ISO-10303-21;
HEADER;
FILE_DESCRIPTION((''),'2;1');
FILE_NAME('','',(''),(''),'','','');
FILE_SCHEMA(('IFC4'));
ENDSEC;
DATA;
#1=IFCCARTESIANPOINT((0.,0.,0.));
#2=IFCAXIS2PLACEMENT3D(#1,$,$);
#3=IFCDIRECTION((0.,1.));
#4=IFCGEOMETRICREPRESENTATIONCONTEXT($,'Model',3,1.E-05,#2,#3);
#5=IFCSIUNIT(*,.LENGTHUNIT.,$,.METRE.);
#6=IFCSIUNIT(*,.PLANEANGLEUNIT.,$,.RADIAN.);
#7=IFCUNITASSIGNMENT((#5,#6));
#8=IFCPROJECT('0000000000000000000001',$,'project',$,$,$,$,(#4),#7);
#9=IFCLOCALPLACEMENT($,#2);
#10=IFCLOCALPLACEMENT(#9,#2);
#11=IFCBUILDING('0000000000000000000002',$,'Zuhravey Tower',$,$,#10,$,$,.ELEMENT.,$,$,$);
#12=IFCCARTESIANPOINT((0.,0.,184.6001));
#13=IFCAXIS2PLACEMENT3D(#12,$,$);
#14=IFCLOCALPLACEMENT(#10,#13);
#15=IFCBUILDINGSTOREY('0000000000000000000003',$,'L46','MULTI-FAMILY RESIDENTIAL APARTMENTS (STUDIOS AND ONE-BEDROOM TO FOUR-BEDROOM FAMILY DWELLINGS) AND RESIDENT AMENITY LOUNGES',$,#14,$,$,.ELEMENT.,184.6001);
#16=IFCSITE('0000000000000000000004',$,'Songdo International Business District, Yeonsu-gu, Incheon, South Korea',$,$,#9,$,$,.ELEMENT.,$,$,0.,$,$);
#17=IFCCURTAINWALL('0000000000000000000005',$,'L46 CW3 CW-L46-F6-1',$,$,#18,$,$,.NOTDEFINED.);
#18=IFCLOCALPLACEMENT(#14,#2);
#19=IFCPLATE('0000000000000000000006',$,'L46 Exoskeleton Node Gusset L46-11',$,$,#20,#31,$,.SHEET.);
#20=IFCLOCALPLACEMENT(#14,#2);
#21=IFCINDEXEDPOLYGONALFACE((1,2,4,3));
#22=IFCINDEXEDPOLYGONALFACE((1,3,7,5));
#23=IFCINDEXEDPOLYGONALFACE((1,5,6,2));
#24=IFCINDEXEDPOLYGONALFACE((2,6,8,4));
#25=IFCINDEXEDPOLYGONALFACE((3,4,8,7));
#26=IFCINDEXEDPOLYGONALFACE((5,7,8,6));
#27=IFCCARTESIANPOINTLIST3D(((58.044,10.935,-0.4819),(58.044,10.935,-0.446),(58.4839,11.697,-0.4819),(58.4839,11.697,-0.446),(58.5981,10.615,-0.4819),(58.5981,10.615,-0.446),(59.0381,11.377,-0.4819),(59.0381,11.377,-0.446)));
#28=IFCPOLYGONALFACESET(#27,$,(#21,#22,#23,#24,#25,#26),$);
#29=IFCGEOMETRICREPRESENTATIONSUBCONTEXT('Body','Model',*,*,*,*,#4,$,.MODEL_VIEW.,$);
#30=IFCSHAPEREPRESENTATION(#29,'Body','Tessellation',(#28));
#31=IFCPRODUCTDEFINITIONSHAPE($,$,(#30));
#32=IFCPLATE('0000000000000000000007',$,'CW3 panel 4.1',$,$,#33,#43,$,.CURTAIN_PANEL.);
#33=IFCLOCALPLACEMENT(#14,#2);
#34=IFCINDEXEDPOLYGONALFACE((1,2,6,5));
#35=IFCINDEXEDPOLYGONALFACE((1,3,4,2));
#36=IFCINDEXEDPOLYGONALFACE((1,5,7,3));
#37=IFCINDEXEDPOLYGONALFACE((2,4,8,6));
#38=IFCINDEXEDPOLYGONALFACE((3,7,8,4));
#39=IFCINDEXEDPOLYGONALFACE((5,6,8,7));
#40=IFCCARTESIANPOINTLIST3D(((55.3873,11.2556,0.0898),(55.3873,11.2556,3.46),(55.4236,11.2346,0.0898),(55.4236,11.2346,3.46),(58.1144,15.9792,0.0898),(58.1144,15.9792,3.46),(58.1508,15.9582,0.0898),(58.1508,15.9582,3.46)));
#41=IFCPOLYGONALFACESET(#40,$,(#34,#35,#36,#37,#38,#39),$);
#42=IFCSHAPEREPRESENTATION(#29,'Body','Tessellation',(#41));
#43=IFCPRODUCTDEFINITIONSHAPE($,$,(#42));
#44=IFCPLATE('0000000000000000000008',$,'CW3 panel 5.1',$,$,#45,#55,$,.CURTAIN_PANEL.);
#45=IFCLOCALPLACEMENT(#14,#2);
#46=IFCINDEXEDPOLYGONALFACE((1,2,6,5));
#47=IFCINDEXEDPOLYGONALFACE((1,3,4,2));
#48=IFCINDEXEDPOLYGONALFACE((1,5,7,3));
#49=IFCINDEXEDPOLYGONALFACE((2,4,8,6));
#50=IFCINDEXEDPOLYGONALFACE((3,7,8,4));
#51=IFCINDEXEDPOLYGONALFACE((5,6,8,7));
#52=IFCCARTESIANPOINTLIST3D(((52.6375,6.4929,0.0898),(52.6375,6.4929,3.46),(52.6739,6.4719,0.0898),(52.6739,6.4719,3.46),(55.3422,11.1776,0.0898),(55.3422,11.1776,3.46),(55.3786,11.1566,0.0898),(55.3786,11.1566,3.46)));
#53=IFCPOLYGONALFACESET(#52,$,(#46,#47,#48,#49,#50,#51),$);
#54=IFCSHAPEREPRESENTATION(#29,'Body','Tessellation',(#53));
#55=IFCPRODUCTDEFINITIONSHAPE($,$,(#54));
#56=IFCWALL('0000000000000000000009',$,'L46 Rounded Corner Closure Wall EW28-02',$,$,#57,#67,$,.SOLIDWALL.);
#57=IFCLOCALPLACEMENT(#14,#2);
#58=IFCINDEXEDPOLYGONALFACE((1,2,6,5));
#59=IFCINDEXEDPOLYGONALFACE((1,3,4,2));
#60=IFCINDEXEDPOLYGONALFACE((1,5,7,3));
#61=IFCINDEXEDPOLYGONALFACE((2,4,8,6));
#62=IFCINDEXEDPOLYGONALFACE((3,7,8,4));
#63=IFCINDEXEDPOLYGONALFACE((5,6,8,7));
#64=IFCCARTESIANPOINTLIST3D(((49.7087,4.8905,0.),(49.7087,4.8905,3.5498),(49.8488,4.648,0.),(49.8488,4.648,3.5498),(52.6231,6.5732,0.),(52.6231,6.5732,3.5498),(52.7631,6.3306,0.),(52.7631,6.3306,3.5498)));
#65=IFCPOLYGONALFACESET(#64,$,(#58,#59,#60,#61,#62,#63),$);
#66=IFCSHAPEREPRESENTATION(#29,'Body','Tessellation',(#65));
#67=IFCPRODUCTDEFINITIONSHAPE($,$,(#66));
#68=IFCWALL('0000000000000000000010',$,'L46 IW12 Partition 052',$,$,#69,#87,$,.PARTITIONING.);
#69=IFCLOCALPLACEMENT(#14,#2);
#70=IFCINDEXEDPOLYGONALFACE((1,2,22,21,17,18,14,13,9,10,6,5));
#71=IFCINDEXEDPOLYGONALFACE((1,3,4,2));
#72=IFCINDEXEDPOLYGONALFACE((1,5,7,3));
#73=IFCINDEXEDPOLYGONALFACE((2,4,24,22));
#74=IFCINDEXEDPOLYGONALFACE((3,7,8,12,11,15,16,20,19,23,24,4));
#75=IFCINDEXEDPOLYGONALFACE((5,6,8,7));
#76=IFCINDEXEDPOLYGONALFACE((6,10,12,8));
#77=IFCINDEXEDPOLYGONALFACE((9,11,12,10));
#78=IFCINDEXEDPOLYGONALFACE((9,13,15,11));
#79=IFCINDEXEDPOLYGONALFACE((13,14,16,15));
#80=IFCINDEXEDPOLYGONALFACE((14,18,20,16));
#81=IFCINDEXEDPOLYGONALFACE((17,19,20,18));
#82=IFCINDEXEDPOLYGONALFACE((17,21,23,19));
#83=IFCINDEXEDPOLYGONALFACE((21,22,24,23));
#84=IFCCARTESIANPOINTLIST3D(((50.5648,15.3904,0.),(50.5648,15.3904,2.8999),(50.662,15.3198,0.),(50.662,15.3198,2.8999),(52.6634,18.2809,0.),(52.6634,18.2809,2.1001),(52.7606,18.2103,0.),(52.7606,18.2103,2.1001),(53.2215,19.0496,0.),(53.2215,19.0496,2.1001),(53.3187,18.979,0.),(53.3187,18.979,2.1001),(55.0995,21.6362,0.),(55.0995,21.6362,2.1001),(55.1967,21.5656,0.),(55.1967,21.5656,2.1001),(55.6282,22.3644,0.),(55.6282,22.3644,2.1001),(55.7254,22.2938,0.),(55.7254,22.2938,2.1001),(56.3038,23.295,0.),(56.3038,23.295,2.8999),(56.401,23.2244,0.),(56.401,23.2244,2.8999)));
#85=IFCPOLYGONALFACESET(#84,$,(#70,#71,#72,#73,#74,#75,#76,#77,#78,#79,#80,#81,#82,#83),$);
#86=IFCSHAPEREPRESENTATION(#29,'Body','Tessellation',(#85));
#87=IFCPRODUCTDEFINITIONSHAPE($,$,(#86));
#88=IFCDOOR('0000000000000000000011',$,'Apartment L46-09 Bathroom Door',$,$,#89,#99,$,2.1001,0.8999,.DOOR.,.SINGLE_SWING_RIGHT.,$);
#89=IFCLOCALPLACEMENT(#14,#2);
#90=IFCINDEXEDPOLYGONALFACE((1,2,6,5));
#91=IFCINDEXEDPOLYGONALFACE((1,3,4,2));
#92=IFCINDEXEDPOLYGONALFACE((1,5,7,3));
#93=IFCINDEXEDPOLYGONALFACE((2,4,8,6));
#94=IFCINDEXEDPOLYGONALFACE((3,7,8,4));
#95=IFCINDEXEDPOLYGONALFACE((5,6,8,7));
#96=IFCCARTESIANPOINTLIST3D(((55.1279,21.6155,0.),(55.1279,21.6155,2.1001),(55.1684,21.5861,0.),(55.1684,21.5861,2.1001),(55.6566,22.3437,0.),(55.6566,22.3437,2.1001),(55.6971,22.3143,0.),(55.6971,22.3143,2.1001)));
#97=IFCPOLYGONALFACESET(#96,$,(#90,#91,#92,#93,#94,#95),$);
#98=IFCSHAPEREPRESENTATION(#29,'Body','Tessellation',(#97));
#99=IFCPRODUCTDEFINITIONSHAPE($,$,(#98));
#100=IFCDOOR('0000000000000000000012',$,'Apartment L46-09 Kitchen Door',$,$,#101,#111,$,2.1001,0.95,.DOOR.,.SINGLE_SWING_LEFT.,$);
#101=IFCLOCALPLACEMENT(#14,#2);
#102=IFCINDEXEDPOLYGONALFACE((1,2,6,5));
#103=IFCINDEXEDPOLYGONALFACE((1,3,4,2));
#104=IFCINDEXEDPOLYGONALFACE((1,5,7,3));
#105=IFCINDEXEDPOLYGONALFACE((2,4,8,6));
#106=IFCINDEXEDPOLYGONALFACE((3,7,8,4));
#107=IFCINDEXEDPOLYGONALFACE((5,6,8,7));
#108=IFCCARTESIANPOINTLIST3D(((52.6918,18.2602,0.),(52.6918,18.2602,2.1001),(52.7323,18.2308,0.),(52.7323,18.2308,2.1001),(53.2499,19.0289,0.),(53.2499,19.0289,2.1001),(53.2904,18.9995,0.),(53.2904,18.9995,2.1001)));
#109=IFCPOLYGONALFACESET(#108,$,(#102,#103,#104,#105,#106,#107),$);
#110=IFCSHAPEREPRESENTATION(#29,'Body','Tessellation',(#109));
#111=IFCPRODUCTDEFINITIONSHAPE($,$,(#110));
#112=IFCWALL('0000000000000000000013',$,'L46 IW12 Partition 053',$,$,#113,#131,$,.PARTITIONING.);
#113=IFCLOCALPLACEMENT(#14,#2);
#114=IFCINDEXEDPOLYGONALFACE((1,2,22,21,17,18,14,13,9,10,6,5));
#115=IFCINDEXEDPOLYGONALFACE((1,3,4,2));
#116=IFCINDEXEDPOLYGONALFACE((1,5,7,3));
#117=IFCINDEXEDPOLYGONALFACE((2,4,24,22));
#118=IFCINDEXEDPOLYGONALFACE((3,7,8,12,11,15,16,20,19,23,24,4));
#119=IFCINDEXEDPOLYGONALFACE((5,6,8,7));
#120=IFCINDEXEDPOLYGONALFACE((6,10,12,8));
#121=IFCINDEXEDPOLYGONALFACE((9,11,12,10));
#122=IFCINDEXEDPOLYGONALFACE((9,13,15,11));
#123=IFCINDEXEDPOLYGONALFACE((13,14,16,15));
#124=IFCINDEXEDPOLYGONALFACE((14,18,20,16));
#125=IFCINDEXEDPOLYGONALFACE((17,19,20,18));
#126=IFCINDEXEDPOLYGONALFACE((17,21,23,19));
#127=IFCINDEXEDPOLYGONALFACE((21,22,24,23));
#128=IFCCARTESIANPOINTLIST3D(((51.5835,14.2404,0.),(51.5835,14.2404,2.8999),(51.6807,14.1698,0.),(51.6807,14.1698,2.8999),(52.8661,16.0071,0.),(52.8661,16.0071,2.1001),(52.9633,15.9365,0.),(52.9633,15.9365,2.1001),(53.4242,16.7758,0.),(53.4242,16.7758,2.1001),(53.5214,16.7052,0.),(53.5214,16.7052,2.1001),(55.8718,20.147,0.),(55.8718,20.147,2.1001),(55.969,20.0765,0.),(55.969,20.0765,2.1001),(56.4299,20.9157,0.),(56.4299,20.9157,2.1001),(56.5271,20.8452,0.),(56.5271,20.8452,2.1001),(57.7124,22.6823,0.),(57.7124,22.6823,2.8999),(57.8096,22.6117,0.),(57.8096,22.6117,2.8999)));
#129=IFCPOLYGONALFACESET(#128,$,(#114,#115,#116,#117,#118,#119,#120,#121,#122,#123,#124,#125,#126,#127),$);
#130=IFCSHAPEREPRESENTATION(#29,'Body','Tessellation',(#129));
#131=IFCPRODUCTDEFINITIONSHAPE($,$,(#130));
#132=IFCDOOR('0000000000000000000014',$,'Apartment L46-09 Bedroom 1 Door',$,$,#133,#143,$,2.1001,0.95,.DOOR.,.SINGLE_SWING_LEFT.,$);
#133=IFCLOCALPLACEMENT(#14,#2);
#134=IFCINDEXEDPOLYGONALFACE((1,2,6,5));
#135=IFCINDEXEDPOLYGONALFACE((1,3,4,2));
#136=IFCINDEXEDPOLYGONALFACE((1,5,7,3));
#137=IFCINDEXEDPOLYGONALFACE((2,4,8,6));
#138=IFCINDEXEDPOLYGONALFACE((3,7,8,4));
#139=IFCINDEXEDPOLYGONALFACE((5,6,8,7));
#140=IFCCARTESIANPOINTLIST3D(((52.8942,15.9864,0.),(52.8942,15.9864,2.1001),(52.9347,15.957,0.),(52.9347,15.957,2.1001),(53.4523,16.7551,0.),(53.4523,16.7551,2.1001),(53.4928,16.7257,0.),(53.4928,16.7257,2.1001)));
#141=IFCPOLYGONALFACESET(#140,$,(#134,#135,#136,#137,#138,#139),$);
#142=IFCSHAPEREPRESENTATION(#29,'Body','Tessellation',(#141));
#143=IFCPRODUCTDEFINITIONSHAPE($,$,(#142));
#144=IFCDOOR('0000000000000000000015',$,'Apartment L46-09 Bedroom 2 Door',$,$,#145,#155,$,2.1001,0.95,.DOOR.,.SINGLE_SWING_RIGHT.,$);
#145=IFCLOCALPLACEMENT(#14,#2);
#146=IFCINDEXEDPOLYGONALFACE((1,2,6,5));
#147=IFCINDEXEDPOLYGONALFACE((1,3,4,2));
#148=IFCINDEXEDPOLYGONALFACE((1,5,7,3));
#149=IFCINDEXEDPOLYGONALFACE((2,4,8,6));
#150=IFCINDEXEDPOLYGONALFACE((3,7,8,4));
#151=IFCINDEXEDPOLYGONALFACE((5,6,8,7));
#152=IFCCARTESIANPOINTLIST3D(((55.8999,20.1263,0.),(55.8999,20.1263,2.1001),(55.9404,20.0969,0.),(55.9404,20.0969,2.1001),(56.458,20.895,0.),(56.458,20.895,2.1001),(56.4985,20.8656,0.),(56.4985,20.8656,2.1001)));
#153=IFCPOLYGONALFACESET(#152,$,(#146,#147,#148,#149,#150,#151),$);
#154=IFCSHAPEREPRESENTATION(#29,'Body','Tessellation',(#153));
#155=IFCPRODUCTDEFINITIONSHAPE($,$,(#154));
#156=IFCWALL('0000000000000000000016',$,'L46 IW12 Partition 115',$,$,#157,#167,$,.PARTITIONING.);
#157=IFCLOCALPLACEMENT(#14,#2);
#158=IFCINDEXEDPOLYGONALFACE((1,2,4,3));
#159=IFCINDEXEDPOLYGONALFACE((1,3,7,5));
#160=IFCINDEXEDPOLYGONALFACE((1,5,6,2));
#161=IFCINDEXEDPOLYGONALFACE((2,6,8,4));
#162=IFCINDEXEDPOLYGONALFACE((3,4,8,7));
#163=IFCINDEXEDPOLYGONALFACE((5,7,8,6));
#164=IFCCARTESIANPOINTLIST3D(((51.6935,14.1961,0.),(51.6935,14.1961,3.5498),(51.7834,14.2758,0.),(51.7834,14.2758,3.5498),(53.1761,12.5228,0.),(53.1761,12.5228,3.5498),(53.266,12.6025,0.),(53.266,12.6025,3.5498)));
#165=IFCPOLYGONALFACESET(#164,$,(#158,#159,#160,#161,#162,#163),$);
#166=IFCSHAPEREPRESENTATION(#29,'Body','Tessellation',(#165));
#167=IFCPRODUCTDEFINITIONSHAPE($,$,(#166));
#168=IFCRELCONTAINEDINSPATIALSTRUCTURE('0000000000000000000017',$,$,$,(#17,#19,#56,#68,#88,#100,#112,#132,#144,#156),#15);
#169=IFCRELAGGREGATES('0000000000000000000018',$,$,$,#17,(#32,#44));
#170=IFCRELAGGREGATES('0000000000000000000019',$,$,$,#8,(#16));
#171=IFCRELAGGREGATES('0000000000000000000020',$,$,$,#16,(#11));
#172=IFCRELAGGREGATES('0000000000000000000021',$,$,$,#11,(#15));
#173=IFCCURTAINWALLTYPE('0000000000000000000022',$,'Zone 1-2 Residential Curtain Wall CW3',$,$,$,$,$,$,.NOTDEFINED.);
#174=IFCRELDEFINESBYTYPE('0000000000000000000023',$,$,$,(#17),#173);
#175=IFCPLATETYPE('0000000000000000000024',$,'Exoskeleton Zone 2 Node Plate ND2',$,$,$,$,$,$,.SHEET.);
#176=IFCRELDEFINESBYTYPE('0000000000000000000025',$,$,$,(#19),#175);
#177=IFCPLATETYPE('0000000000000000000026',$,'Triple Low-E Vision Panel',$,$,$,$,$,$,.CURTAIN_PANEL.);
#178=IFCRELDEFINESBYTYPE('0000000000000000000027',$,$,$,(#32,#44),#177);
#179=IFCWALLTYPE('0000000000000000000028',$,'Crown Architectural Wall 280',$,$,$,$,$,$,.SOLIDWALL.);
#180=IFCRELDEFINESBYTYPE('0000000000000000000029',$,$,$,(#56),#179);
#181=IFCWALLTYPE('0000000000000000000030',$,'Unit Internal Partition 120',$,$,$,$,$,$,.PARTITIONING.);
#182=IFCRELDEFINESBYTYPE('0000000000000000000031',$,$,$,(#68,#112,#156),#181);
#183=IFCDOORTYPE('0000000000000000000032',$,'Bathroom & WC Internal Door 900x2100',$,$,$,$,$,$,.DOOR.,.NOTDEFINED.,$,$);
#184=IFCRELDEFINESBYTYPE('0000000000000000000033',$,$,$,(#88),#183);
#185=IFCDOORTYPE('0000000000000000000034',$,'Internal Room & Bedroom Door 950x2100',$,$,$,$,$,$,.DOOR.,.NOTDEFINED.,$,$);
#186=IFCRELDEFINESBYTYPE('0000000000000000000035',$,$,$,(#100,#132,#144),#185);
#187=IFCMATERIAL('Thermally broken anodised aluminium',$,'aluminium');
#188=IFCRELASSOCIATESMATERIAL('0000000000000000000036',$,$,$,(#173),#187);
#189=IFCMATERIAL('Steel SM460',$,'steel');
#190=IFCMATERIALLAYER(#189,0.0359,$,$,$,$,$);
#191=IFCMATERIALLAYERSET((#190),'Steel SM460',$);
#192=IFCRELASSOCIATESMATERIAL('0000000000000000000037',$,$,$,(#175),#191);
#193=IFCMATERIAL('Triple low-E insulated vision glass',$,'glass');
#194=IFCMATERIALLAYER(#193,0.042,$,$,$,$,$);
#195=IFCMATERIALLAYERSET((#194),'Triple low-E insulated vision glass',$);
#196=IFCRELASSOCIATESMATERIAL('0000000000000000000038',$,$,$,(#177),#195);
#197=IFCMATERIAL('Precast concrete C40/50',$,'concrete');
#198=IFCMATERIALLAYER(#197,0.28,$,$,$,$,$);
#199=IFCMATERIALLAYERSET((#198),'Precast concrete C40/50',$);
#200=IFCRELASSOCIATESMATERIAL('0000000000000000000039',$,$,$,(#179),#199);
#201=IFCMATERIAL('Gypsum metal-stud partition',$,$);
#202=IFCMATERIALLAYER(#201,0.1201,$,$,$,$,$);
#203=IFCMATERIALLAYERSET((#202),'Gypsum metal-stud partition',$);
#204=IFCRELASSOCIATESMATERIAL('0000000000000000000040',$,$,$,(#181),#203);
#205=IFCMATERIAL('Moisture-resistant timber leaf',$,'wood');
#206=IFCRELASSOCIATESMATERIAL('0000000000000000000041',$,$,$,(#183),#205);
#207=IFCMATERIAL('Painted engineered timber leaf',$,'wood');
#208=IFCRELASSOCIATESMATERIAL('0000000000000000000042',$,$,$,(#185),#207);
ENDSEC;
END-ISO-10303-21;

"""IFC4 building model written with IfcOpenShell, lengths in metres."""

from ifc_helpers import new_model, si_unit, direction, frame, frame_2d, origin, origin_2d, place, context, subcontext, project, spatial, rectangle, extrude, material, layer, layer_set, type_object, element, fill, aggregate, save


model = new_model("IFC4")

# Units and contexts
model_context = context("Model", 3, precision=1e-05, world=origin(), true_north=direction((0.0, 1.0)))
body_context = subcontext(model_context, "Body", "Model", "MODEL_VIEW")
ifc_project = project(units=[si_unit("LENGTHUNIT", "METRE"), si_unit("PLANEANGLEUNIT", "RADIAN")], contexts=[model_context])

# Site, building, storey
site_placement = place(None, origin())
site = spatial("IfcSite", under=ifc_project, at=site_placement, Name="Songdo International Business District, Yeonsu-gu, Incheon, South Korea", CompositionType="ELEMENT", RefElevation=0.0)
building_placement = place(site_placement, origin())
building = spatial("IfcBuilding", under=site, at=building_placement, Name="Zuhravey Tower", CompositionType="ELEMENT")
storey_placement = place(building_placement, frame((0.0, 0.0, 184.6001)))
storey = spatial("IfcBuildingStorey", under=building, at=storey_placement, Name="L46", Description="MULTI-FAMILY RESIDENTIAL APARTMENTS (STUDIOS AND ONE-BEDROOM TO FOUR-BEDROOM FAMILY DWELLINGS) AND RESIDENT AMENITY LOUNGES", CompositionType="ELEMENT", Elevation=184.6001)

# Curtain wall
ifc_material_1 = material(Name="Thermally broken anodised aluminium", Category="aluminium")
curtain_wall_type = type_object("IfcCurtainWallType", Name="Zone 1-2 Residential Curtain Wall CW3", PredefinedType="NOTDEFINED", material=ifc_material_1)
curtain_wall_1_placement = place(storey_placement, origin())
curtain_wall_1 = element("IfcCurtainWall", 1, at=curtain_wall_1_placement, inside=storey, type_object=curtain_wall_type, Name="L46 CW3 CW-L46-F6-1", PredefinedType="NOTDEFINED")

# Shared definitions
ifc_material_2 = material(Name="Steel SM460", Category="steel")

# Plates
ifc_layer_1 = layer(ifc_material_2, 0.0359)
ifc_layer_set_1 = layer_set([ifc_layer_1], Name="Steel SM460")
plate_type_1 = type_object("IfcPlateType", Name="Exoskeleton Zone 2 Node Plate ND2", PredefinedType="SHEET", material=ifc_layer_set_1)
plate_1_placement = place(storey_placement, frame((58.541, 11.156, -0.4819), z_axis=(0.0, 0.0, 1.0), x_axis=(0.5, 0.866025, 0.0)))
element("IfcPlate", 2, at=plate_1_placement, inside=storey, type_object=plate_type_1, Name="L46 Exoskeleton Node Gusset L46-11", PredefinedType="SHEET", context=body_context, shape_type="SweptSolid", body=[
    extrude(rectangle(XDim=0.8799, YDim=0.6399, at=origin_2d()), origin(), (0.0, 0.0, 1.0), 0.0359),
])
ifc_material_3 = material(Name="Triple low-E insulated vision glass", Category="glass")
ifc_layer_2 = layer(ifc_material_3, 0.042)
ifc_layer_set_2 = layer_set([ifc_layer_2], Name="Triple low-E insulated vision glass")
plate_type_2 = type_object("IfcPlateType", Name="Triple Low-E Vision Panel", PredefinedType="CURTAIN_PANEL", material=ifc_layer_set_2)
plate_2_placement = place(storey_placement, frame((56.769, 13.6069, 0.0898), z_axis=(0.0, 0.0, 1.0), x_axis=(-0.5, -0.866025, 0.0)))
plate_2 = element("IfcPlate", 3, at=plate_2_placement, type_object=plate_type_2, Name="CW3 panel 4.1", PredefinedType="CURTAIN_PANEL", context=body_context, shape_type="SweptSolid", body=[
    extrude(rectangle(XDim=5.4543, YDim=0.042, at=origin_2d()), origin(), (0.0, 0.0, 1.0), 3.3701),
])
plate_3_placement = place(storey_placement, frame((54.0081, 8.8247, 0.0898), z_axis=(0.0, 0.0, 1.0), x_axis=(-0.5, -0.866025, 0.0)))
plate_3 = element("IfcPlate", 4, at=plate_3_placement, type_object=plate_type_2, Name="CW3 panel 5.1", PredefinedType="CURTAIN_PANEL", context=body_context, shape_type="SweptSolid", body=[
    extrude(rectangle(XDim=5.4094, YDim=0.042, at=origin_2d()), origin(), (0.0, 0.0, 1.0), 3.3701),
])
aggregate(curtain_wall_1, [plate_2, plate_3])

# Wall
ifc_material_4 = material(Name="Precast concrete C40/50", Category="concrete")
ifc_layer_3 = layer(ifc_material_4, 0.28)
ifc_layer_set_3 = layer_set([ifc_layer_3], Name="Precast concrete C40/50")
wall_type_1 = type_object("IfcWallType", Name="Crown Architectural Wall 280", PredefinedType="SOLIDWALL", material=ifc_layer_set_3)
wall_1_placement = place(storey_placement, frame((52.6931, 6.4519, 0.0), z_axis=(0.0, 0.0, 1.0), x_axis=(-0.86602, -0.500009, 0.0)))
element("IfcWall", 5, at=wall_1_placement, inside=storey, type_object=wall_type_1, Name="L46 Rounded Corner Closure Wall EW28-02", PredefinedType="SOLIDWALL", context=body_context, shape_type="SweptSolid", body=[
    extrude(rectangle(XDim=3.3652, YDim=0.28, at=frame_2d((1.6826, 0.0))), origin(), (0.0, 0.0, 1.0), 3.5498),
])

# Walls, openings, doors
ifc_material_5 = material(Name="Gypsum metal-stud partition")
ifc_layer_4 = layer(ifc_material_5, 0.1201)
ifc_layer_set_4 = layer_set([ifc_layer_4], Name="Gypsum metal-stud partition")
wall_type_2 = type_object("IfcWallType", Name="Unit Internal Partition 120", PredefinedType="PARTITIONING", material=ifc_layer_set_4)
wall_2_placement = place(storey_placement, frame((50.6133, 15.355, 0.0), z_axis=(0.0, 0.0, 1.0), x_axis=(0.587519, 0.80921, 0.0)))
wall_2 = element("IfcWall", 6, at=wall_2_placement, inside=storey, type_object=wall_type_2, Name="L46 IW12 Partition 052", PredefinedType="PARTITIONING", context=body_context, shape_type="SweptSolid", body=[
    extrude(rectangle(XDim=9.7683, YDim=0.1201, at=frame_2d((4.8843, 0.0))), origin(), (0.0, 0.0, 1.0), 2.8999),
])
opening_1_placement = place(wall_2_placement, frame((3.572, 0.0, 0.0)))
opening_1 = element("IfcOpeningElement", 7, at=opening_1_placement, cuts=wall_2, PredefinedType="OPENING", context=body_context, shape_type="SweptSolid", body=[
    extrude(rectangle(XDim=0.95, YDim=2.1001, at=frame_2d((0.4751, 1.05))), frame((0.0, 0.072, 0.0), z_axis=(0.0, -1.0, 0.0), x_axis=(1.0, 0.0, 0.0)), (0.0, 0.0, 1.0), 0.144),
])
opening_2_placement = place(wall_2_placement, frame((7.7185, 0.0, 0.0)))
opening_2 = element("IfcOpeningElement", 8, at=opening_2_placement, cuts=wall_2, PredefinedType="OPENING", context=body_context, shape_type="SweptSolid", body=[
    extrude(rectangle(XDim=0.8999, YDim=2.1001, at=frame_2d((0.45, 1.05))), frame((0.0, 0.072, 0.0), z_axis=(0.0, -1.0, 0.0), x_axis=(1.0, 0.0, 0.0)), (0.0, 0.0, 1.0), 0.144),
])
ifc_material_6 = material(Name="Moisture-resistant timber leaf", Category="wood")
door_type_1 = type_object("IfcDoorType", Name="Bathroom & WC Internal Door 900x2100", OperationType="NOTDEFINED", PredefinedType="DOOR", material=ifc_material_6)
door_1_placement = place(opening_2_placement, origin())
door_1 = element("IfcDoor", 9, at=door_1_placement, inside=storey, type_object=door_type_1, Name="Apartment L46-09 Bathroom Door", OperationType="SINGLE_SWING_RIGHT", OverallHeight=2.1001, OverallWidth=0.8999, PredefinedType="DOOR", context=body_context, shape_type="SweptSolid", body=[
    extrude(rectangle(XDim=0.8999, YDim=2.1001, at=frame_2d((0.45, 1.05))), frame((0.0, 0.0249, 0.0), z_axis=(0.0, -1.0, 0.0), x_axis=(1.0, 0.0, 0.0)), (0.0, 0.0, 1.0), 0.05),
])
fill(opening_2, door_1)
ifc_material_7 = material(Name="Painted engineered timber leaf", Category="wood")
door_type_2 = type_object("IfcDoorType", Name="Internal Room & Bedroom Door 950x2100", OperationType="NOTDEFINED", PredefinedType="DOOR", material=ifc_material_7)
door_2_placement = place(opening_1_placement, origin())
door_2 = element("IfcDoor", 10, at=door_2_placement, inside=storey, type_object=door_type_2, Name="Apartment L46-09 Kitchen Door", OperationType="SINGLE_SWING_LEFT", OverallHeight=2.1001, OverallWidth=0.95, PredefinedType="DOOR", context=body_context, shape_type="SweptSolid", body=[
    extrude(rectangle(XDim=0.95, YDim=2.1001, at=frame_2d((0.4751, 1.05))), frame((0.0, 0.0249, 0.0), z_axis=(0.0, -1.0, 0.0), x_axis=(1.0, 0.0, 0.0)), (0.0, 0.0, 1.0), 0.05),
])
fill(opening_1, door_2)
wall_3_placement = place(storey_placement, frame((51.6321, 14.2051, 0.0), z_axis=(0.0, 0.0, 1.0), x_axis=(0.587504, 0.809222, 0.0)))
wall_3 = element("IfcWall", 11, at=wall_3_placement, inside=storey, type_object=wall_type_2, Name="L46 IW12 Partition 053", PredefinedType="PARTITIONING", context=body_context, shape_type="SweptSolid", body=[
    extrude(rectangle(XDim=10.4321, YDim=0.1201, at=frame_2d((5.2161, 0.0))), origin(), (0.0, 0.0, 1.0), 2.8999),
])
opening_3_placement = place(wall_3_placement, frame((2.1831, 0.0, 0.0)))
opening_3 = element("IfcOpeningElement", 12, at=opening_3_placement, cuts=wall_3, PredefinedType="OPENING", context=body_context, shape_type="SweptSolid", body=[
    extrude(rectangle(XDim=0.95, YDim=2.1001, at=frame_2d((0.4751, 1.05))), frame((0.0, 0.072, 0.0), z_axis=(0.0, -1.0, 0.0), x_axis=(1.0, 0.0, 0.0)), (0.0, 0.0, 1.0), 0.144),
])
opening_4_placement = place(wall_3_placement, frame((7.2991, 0.0, 0.0)))
opening_4 = element("IfcOpeningElement", 13, at=opening_4_placement, cuts=wall_3, PredefinedType="OPENING", context=body_context, shape_type="SweptSolid", body=[
    extrude(rectangle(XDim=0.95, YDim=2.1001, at=frame_2d((0.4751, 1.05))), frame((0.0, 0.072, 0.0), z_axis=(0.0, -1.0, 0.0), x_axis=(1.0, 0.0, 0.0)), (0.0, 0.0, 1.0), 0.144),
])
door_3_placement = place(opening_3_placement, frame((0.95, 0.0, 0.0), z_axis=(0.0, 0.0, 1.0), x_axis=(-1.0, 0.0, 0.0)))
door_3 = element("IfcDoor", 14, at=door_3_placement, inside=storey, type_object=door_type_2, Name="Apartment L46-09 Bedroom 1 Door", OperationType="SINGLE_SWING_LEFT", OverallHeight=2.1001, OverallWidth=0.95, PredefinedType="DOOR", context=body_context, shape_type="SweptSolid", body=[
    extrude(rectangle(XDim=0.95, YDim=2.1001, at=frame_2d((0.4751, 1.05))), frame((0.0, 0.0249, 0.0), z_axis=(0.0, -1.0, 0.0), x_axis=(1.0, 0.0, 0.0)), (0.0, 0.0, 1.0), 0.05),
])
fill(opening_3, door_3)
door_4_placement = place(opening_4_placement, frame((0.95, 0.0, 0.0), z_axis=(0.0, 0.0, 1.0), x_axis=(-1.0, 0.0, 0.0)))
door_4 = element("IfcDoor", 15, at=door_4_placement, inside=storey, type_object=door_type_2, Name="Apartment L46-09 Bedroom 2 Door", OperationType="SINGLE_SWING_RIGHT", OverallHeight=2.1001, OverallWidth=0.95, PredefinedType="DOOR", context=body_context, shape_type="SweptSolid", body=[
    extrude(rectangle(XDim=0.95, YDim=2.1001, at=frame_2d((0.4751, 1.05))), frame((0.0, 0.0249, 0.0), z_axis=(0.0, -1.0, 0.0), x_axis=(1.0, 0.0, 0.0)), (0.0, 0.0, 1.0), 0.05),
])
fill(opening_4, door_4)

# Wall
wall_4_placement = place(storey_placement, frame((51.7385, 14.2358, 0.0), z_axis=(0.0, 0.0, 1.0), x_axis=(0.663177, -0.748463, 0.0)))
element("IfcWall", 16, at=wall_4_placement, inside=storey, type_object=wall_type_2, Name="L46 IW12 Partition 115", PredefinedType="PARTITIONING", context=body_context, shape_type="SweptSolid", body=[
    extrude(rectangle(XDim=2.2356, YDim=0.1201, at=frame_2d((1.1177, 0.0))), origin(), (0.0, 0.0, 1.0), 3.5498),
])

save(model, "model.ifc")
